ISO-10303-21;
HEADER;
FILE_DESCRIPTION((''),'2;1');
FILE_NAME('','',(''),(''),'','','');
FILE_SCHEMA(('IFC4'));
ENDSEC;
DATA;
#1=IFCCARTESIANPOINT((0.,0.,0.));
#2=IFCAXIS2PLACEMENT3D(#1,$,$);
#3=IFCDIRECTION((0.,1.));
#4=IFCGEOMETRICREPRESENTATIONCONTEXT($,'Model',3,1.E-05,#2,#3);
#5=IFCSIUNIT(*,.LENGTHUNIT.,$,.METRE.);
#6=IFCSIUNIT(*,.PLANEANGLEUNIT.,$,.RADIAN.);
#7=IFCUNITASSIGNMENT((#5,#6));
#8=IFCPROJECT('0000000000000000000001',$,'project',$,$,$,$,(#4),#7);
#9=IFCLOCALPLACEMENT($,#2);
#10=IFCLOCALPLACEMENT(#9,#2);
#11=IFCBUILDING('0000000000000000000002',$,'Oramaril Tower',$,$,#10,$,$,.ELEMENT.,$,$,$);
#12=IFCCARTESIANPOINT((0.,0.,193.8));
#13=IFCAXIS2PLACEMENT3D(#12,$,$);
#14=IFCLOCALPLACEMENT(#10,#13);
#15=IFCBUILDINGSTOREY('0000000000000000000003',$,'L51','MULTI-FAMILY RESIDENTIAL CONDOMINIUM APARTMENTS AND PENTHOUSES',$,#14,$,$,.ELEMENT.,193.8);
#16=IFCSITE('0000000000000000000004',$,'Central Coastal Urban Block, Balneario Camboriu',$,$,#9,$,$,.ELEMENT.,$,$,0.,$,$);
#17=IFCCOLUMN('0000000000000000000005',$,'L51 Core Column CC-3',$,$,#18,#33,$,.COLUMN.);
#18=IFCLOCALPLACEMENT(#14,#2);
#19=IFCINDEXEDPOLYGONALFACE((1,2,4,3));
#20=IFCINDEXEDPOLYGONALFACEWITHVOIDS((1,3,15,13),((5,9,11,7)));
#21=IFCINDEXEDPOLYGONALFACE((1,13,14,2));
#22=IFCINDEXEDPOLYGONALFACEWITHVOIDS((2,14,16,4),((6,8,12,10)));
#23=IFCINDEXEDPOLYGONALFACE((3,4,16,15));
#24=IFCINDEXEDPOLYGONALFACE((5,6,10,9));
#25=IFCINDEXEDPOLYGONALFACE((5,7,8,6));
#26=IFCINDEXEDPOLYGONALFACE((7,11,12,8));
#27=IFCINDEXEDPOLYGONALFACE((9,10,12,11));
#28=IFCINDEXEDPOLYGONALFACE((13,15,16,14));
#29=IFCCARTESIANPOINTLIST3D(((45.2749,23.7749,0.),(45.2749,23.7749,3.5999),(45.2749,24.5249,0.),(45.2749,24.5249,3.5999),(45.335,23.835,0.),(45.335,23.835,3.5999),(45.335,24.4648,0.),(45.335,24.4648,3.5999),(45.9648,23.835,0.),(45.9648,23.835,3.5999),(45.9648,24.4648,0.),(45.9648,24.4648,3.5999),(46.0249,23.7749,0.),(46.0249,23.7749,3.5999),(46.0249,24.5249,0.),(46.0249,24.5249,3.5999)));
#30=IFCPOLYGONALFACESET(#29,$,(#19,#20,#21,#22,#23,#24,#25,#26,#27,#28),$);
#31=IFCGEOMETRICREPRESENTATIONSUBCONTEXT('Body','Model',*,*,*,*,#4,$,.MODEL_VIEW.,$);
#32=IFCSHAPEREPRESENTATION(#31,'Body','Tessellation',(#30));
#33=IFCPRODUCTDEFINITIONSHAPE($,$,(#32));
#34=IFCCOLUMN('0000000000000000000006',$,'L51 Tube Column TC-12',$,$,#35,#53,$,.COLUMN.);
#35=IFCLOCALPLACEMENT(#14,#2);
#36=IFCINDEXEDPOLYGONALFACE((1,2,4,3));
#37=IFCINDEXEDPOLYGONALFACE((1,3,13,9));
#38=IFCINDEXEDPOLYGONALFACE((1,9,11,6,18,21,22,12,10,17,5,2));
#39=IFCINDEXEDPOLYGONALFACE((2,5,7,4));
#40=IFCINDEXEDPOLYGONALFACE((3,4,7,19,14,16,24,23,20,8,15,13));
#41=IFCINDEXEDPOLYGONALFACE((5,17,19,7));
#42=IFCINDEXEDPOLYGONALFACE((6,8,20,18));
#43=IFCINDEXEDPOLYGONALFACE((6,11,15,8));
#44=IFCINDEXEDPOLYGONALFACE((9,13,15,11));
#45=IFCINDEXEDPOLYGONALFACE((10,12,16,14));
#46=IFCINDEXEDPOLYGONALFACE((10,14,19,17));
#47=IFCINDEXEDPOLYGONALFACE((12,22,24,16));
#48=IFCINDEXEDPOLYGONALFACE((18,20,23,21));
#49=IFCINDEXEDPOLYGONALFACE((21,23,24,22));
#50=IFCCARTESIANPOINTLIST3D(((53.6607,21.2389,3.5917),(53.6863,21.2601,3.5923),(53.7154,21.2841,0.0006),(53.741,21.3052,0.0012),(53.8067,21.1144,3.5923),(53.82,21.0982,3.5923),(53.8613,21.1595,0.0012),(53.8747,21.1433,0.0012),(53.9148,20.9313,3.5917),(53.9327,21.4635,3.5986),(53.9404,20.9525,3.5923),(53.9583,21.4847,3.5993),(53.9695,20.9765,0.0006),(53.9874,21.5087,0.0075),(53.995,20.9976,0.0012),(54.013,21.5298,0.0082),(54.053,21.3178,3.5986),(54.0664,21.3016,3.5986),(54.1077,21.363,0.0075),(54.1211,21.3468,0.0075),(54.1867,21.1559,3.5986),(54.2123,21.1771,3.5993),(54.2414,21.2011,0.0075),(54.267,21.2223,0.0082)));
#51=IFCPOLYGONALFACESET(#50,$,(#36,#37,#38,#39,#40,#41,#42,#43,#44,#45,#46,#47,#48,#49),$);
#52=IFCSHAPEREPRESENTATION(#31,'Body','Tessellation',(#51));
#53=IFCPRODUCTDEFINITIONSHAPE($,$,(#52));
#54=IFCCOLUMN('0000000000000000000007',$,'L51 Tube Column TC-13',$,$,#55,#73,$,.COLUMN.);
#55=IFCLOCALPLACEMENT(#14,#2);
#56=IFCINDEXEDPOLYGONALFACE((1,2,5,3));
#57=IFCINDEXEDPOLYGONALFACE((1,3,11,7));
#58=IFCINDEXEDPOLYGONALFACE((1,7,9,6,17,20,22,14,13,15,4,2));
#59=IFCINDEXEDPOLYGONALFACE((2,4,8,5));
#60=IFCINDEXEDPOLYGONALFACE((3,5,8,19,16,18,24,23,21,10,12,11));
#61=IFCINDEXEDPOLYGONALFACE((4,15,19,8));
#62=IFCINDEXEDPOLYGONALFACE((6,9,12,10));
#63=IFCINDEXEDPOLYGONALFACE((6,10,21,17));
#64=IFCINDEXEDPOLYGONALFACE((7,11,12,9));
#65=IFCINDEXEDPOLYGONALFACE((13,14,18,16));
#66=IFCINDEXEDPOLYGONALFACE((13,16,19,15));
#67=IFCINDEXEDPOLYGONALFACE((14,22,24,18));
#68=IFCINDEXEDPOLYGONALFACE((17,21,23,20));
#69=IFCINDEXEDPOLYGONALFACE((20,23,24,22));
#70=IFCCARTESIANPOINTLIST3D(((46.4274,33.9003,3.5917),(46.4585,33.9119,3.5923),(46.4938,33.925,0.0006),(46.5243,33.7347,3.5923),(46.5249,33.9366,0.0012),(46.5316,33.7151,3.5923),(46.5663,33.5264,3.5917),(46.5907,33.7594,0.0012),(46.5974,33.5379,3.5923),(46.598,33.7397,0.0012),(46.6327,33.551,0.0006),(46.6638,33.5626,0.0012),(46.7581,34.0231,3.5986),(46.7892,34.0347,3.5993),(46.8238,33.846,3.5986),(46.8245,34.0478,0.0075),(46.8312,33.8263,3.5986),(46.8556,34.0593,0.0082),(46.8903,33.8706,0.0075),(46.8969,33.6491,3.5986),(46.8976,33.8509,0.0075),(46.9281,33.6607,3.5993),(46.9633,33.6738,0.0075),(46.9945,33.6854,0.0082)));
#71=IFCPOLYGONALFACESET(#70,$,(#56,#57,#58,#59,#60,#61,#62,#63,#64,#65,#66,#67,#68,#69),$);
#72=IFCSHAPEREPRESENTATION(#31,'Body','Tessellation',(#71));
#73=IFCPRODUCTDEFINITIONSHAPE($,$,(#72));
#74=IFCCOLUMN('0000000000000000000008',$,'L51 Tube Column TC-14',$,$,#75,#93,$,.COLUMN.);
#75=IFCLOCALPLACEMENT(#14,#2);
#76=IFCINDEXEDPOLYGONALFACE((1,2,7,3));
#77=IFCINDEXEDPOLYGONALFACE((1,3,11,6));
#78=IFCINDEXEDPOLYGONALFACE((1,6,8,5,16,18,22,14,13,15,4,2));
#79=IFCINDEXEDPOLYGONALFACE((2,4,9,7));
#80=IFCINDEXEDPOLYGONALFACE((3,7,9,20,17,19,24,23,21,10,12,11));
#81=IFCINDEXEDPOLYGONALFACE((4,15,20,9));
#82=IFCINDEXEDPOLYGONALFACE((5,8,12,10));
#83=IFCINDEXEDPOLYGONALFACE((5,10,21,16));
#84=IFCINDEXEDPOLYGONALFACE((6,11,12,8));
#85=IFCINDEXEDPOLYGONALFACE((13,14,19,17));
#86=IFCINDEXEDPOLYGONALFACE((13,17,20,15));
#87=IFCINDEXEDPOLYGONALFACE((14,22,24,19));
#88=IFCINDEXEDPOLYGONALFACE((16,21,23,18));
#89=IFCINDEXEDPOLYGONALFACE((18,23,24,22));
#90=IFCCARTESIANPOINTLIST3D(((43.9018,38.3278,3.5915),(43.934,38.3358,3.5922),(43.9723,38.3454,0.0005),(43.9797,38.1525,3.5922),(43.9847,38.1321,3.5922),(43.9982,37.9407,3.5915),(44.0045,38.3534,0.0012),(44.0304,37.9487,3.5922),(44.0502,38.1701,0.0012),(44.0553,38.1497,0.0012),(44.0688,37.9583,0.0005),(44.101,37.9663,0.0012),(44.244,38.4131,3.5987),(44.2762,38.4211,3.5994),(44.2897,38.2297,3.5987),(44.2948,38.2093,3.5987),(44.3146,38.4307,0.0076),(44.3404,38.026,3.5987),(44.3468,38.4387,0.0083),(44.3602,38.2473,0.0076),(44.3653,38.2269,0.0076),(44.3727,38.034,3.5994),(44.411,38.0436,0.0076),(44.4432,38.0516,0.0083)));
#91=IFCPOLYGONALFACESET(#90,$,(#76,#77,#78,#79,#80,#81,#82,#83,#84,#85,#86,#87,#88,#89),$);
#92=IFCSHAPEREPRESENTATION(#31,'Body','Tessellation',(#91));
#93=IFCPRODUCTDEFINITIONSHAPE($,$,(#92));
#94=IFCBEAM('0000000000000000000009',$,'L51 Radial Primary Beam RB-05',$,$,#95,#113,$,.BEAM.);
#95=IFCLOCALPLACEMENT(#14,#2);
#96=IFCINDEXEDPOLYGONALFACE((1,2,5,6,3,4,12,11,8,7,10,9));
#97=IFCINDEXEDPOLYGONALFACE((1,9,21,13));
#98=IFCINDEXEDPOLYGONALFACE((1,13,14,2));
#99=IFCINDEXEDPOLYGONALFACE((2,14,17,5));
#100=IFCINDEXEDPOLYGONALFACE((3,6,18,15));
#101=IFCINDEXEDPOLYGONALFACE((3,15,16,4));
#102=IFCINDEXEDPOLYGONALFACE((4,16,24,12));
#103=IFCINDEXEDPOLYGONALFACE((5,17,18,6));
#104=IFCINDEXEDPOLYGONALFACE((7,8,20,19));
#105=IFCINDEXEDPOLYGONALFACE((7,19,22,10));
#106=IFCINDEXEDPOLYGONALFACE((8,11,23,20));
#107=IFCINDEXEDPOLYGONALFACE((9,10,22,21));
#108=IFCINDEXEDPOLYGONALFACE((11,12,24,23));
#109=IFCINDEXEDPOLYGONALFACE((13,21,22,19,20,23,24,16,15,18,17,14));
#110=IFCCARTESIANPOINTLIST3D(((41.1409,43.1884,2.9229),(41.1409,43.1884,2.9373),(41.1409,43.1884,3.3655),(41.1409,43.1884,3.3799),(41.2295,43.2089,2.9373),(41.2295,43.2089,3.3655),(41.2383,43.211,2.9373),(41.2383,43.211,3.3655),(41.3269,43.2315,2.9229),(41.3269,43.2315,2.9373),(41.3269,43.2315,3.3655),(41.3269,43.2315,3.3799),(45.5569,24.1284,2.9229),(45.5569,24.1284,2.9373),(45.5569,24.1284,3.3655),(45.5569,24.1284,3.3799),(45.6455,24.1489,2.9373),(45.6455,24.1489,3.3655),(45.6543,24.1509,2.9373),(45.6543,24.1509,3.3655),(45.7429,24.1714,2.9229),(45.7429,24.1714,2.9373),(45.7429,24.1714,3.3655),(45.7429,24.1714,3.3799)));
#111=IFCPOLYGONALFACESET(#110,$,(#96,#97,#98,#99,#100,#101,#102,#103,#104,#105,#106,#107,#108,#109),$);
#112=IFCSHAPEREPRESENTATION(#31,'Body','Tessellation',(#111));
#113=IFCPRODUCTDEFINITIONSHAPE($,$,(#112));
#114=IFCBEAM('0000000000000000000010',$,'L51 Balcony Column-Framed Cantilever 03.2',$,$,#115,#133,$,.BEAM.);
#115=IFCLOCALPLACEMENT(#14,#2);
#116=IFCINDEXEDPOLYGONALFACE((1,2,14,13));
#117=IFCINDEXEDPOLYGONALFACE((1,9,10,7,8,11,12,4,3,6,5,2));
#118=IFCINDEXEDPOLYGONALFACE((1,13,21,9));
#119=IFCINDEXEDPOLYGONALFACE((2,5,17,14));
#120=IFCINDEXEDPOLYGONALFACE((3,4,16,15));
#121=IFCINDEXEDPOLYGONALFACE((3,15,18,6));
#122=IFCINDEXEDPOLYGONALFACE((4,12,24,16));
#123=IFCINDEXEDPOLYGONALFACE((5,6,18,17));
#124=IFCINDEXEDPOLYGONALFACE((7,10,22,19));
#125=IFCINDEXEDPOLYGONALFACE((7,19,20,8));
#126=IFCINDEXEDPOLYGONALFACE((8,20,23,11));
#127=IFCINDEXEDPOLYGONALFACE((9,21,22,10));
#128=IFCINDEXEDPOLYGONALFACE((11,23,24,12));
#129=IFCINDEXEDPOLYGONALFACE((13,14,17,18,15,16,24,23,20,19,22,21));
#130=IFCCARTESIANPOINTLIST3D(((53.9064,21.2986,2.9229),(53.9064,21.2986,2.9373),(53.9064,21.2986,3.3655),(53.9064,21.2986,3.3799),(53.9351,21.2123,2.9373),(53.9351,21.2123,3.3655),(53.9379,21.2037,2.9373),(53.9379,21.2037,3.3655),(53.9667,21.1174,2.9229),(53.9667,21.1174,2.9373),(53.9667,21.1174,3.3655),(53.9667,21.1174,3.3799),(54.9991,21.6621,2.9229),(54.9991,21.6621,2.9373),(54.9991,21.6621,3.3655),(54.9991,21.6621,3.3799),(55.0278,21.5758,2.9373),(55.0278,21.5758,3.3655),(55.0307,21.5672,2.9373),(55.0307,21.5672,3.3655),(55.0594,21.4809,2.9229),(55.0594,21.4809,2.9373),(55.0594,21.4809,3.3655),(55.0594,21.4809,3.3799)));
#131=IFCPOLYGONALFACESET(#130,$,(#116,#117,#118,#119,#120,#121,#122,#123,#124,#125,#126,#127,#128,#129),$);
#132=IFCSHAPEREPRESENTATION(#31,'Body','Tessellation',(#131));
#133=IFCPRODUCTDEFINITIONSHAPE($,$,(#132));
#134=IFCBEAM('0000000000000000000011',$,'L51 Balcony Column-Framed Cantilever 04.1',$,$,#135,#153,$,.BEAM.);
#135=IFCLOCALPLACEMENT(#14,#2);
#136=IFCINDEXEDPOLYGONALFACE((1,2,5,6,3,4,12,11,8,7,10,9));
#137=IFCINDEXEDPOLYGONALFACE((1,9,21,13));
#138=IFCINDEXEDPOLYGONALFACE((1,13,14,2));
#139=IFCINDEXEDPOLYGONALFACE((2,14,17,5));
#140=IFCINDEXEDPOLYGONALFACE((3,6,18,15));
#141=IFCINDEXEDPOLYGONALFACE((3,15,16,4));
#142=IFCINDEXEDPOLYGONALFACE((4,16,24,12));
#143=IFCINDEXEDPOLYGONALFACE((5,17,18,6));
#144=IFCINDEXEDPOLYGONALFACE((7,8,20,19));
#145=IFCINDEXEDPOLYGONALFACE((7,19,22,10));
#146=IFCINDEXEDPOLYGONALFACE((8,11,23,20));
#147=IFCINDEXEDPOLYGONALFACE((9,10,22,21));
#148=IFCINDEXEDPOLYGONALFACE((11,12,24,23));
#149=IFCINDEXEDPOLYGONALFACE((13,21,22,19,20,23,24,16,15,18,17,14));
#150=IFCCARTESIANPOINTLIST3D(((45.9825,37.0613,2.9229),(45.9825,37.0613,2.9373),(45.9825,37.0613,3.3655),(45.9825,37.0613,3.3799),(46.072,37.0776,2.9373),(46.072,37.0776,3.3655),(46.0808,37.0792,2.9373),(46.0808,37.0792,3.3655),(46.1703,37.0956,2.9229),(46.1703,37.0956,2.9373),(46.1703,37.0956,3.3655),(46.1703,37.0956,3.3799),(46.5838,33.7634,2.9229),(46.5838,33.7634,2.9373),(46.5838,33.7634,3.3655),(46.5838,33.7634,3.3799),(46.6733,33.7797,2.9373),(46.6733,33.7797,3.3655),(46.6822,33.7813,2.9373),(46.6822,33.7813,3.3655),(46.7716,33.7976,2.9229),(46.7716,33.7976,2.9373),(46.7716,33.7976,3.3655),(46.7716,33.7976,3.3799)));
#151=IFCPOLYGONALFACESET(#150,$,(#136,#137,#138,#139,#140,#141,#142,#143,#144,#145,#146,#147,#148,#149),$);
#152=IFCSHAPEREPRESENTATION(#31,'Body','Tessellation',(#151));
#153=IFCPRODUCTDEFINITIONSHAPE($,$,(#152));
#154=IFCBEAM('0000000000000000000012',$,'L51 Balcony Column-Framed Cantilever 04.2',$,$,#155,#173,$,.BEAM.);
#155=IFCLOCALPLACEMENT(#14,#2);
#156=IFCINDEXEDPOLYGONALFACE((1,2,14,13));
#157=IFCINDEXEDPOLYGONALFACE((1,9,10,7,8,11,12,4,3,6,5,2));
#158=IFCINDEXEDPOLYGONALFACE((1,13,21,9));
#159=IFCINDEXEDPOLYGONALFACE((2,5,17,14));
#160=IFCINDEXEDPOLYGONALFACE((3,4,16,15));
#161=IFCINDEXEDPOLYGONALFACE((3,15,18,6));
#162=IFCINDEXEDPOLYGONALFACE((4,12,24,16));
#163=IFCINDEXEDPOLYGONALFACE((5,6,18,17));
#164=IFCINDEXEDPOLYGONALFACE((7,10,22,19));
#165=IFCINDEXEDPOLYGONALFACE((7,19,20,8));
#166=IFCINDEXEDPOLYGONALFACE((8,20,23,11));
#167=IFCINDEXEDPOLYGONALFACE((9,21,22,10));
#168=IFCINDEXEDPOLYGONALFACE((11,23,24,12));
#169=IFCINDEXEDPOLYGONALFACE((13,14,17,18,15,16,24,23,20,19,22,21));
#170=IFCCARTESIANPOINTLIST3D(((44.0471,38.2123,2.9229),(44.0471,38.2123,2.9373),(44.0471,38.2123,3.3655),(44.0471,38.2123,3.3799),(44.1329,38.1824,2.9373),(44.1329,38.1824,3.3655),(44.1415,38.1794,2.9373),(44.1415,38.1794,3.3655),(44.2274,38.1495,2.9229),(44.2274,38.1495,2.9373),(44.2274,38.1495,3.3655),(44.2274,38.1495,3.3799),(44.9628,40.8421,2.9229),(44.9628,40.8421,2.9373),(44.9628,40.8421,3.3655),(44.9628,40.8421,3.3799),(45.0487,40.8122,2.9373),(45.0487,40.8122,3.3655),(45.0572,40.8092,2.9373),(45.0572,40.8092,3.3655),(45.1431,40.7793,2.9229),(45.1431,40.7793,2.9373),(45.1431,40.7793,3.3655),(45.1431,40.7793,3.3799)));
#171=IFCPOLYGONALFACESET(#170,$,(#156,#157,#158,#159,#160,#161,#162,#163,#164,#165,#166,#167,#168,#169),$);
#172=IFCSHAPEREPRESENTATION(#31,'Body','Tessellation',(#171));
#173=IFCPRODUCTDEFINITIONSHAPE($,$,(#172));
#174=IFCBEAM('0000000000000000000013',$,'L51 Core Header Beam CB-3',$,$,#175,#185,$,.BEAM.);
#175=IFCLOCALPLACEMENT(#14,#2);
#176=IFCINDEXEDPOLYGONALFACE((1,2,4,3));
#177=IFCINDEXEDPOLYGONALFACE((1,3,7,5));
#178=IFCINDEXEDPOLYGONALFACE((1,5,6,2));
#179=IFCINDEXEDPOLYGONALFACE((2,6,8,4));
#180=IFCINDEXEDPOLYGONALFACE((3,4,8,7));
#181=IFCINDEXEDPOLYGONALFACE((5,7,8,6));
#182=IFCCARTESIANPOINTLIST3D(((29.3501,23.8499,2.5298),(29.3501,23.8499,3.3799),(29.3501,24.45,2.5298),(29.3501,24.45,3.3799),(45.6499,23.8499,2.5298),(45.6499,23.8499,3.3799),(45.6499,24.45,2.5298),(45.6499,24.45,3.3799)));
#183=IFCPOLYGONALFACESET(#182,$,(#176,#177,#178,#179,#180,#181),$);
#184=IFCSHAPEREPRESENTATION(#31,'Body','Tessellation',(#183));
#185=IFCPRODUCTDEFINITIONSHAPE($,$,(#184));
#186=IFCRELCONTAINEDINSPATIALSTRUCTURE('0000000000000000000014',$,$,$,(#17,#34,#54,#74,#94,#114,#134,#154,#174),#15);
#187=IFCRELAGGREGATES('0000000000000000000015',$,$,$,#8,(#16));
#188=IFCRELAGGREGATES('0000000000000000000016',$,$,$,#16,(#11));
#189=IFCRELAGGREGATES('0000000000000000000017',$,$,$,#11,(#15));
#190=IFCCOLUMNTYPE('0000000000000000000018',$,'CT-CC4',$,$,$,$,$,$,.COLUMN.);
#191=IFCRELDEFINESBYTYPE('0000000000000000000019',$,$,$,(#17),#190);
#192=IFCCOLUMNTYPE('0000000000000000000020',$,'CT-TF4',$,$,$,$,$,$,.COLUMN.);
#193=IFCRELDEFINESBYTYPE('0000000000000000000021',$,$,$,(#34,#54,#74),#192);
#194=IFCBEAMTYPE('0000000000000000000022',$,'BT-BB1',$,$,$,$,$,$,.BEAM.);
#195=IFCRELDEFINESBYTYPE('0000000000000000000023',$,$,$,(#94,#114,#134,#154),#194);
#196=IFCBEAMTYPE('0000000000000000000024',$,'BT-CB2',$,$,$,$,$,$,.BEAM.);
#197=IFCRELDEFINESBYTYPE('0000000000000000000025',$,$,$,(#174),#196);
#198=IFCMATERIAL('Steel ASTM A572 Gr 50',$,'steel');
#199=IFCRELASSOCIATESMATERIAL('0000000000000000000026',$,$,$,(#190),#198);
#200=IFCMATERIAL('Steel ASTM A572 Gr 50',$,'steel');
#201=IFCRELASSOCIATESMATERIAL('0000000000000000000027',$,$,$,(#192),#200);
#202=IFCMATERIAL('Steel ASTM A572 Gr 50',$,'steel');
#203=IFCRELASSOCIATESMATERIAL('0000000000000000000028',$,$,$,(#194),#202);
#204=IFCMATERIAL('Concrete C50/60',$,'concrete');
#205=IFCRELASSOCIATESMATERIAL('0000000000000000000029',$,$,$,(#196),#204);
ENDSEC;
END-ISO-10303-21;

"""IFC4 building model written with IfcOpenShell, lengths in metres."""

from ifc_helpers import new_model, si_unit, direction, frame, origin, origin_2d, place, context, subcontext, project, spatial, rectangle, hollow_rectangle, i_section, extrude, material, material_profile, profile_set, type_object, element, save


model = new_model("IFC4")

# Units and contexts
model_context = context("Model", 3, precision=1e-05, world=origin(), true_north=direction((0.0, 1.0)))
body_context = subcontext(model_context, "Body", "Model", "MODEL_VIEW")
ifc_project = project(units=[si_unit("LENGTHUNIT", "METRE"), si_unit("PLANEANGLEUNIT", "RADIAN")], contexts=[model_context])

# Site, building, storey
site_placement = place(None, origin())
site = spatial("IfcSite", under=ifc_project, at=site_placement, Name="Central Coastal Urban Block, Balneario Camboriu", CompositionType="ELEMENT", RefElevation=0.0)
building_placement = place(site_placement, origin())
building = spatial("IfcBuilding", under=site, at=building_placement, Name="Oramaril Tower", CompositionType="ELEMENT")
storey_placement = place(building_placement, frame((0.0, 0.0, 193.8)))
storey = spatial("IfcBuildingStorey", under=building, at=storey_placement, Name="L51", Description="MULTI-FAMILY RESIDENTIAL CONDOMINIUM APARTMENTS AND PENTHOUSES", CompositionType="ELEMENT", Elevation=193.8)

# Columns
ifc_material_1 = material(Name="Steel ASTM A572 Gr 50", Category="steel")
ifc_material_profile_1 = material_profile(ifc_material_1, hollow_rectangle(XDim=0.75, YDim=0.75, WallThickness=0.0601, at=origin_2d()), Name="BOX750X750X60")
ifc_profile_set_1 = profile_set([ifc_material_profile_1], Name="Steel ASTM A572 Gr 50")
column_type_1 = type_object("IfcColumnType", Name="CT-CC4", PredefinedType="COLUMN", material=ifc_profile_set_1)
column_placement = place(storey_placement, frame((45.6499, 24.1499, 0.0), z_axis=(0.0, 0.0, 1.0), x_axis=(1.0, 0.0, 0.0)))
element("IfcColumn", 1, at=column_placement, inside=storey, type_object=column_type_1, Name="L51 Core Column CC-3", PredefinedType="COLUMN", context=body_context, shape_type="SweptSolid", body=[
    extrude(hollow_rectangle(XDim=0.75, YDim=0.75, WallThickness=0.0601, at=origin_2d()), origin(), (0.0, 0.0, 1.0), 3.5999),
])
ifc_material_2 = material(Name="Steel ASTM A572 Gr 50", Category="steel")
ifc_material_profile_2 = material_profile(ifc_material_2, i_section(OverallWidth=0.3989, OverallDepth=0.386, WebThickness=0.021, FlangeThickness=0.0332, at=origin_2d()), Name="W14X176")
ifc_profile_set_2 = profile_set([ifc_material_profile_2], Name="Steel ASTM A572 Gr 50")
column_type_2 = type_object("IfcColumnType", Name="CT-TF4", PredefinedType="COLUMN", material=ifc_profile_set_2)
for number, where, z_axis, x_axis, name in (
    (2, (53.9912, 21.2532, 0.0044), (-0.015226, -0.012575, 0.999805), (0.636792, -0.771035, 0.0), "L51 Tube Column TC-12"),
    (3, (46.7441, 33.8052, 0.0044), (-0.018488, -0.006865, 0.999806), (0.3481, -0.937457, 0.0), "L51 Tube Column TC-13"),
    (4, (44.2078, 38.1985, 0.0044), (-0.019644, -0.004894, 0.999795), (0.241746, -0.97034, 0.0), "L51 Tube Column TC-14"),
):
    element("IfcColumn", number, at=place(storey_placement, frame(where, z_axis=z_axis, x_axis=x_axis)), inside=storey, type_object=column_type_2, Name=name, PredefinedType="COLUMN", context=body_context, shape_type="SweptSolid", body=[
        extrude(i_section(OverallWidth=0.3989, OverallDepth=0.386, WebThickness=0.021, FlangeThickness=0.0332, at=origin_2d()), origin(), (0.0, 0.0, 1.0), 3.5918),
    ])

# Beams
ifc_material_3 = material(Name="Steel ASTM A572 Gr 50", Category="steel")
ifc_material_profile_3 = material_profile(ifc_material_3, i_section(OverallWidth=0.1909, OverallDepth=0.457, WebThickness=0.009, FlangeThickness=0.0144, at=origin_2d()), Name="W18X50")
ifc_profile_set_3 = profile_set([ifc_material_profile_3], Name="Steel ASTM A572 Gr 50")
beam_type_1 = type_object("IfcBeamType", Name="BT-BB1", PredefinedType="BEAM", material=ifc_profile_set_3)
beam_1_placement = place(storey_placement, frame((45.6499, 24.1499, 3.1514), z_axis=(-0.225711, 0.974194, 0.0), x_axis=(-0.974194, -0.225711, 0.0)))
element("IfcBeam", 5, at=beam_1_placement, inside=storey, type_object=beam_type_1, Name="L51 Radial Primary Beam RB-05", PredefinedType="BEAM", context=body_context, shape_type="SweptSolid", body=[
    extrude(i_section(OverallWidth=0.1909, OverallDepth=0.457, WebThickness=0.009, FlangeThickness=0.0144, at=origin_2d()), origin(), (0.0, 0.0, 1.0), 19.5649),
])
beam_2_placement = place(storey_placement, frame((53.9365, 21.208, 3.1514), z_axis=(0.948874, 0.315655, 0.0), x_axis=(-0.315655, 0.948874, 0.0)))
element("IfcBeam", 6, at=beam_2_placement, inside=storey, type_object=beam_type_1, Name="L51 Balcony Column-Framed Cantilever 03.2", PredefinedType="BEAM", context=body_context, shape_type="SweptSolid", body=[
    extrude(i_section(OverallWidth=0.1909, OverallDepth=0.457, WebThickness=0.009, FlangeThickness=0.0144, at=origin_2d()), origin(), (0.0, 0.0, 1.0), 1.1516),
])
beam_3_placement = place(storey_placement, frame((46.6777, 33.7805, 3.1514), z_axis=(-0.179379, 0.98378, 0.0), x_axis=(-0.98378, -0.179379, 0.0)))
element("IfcBeam", 7, at=beam_3_placement, inside=storey, type_object=beam_type_1, Name="L51 Balcony Column-Framed Cantilever 04.1", PredefinedType="BEAM", context=body_context, shape_type="SweptSolid", body=[
    extrude(i_section(OverallWidth=0.1909, OverallDepth=0.457, WebThickness=0.009, FlangeThickness=0.0144, at=origin_2d()), origin(), (0.0, 0.0, 1.0), 3.3523),
])
beam_4_placement = place(storey_placement, frame((44.1372, 38.1809, 3.1514), z_axis=(0.32885, 0.944382, 0.0), x_axis=(-0.944382, 0.32885, 0.0)))
element("IfcBeam", 8, at=beam_4_placement, inside=storey, type_object=beam_type_1, Name="L51 Balcony Column-Framed Cantilever 04.2", PredefinedType="BEAM", context=body_context, shape_type="SweptSolid", body=[
    extrude(i_section(OverallWidth=0.1909, OverallDepth=0.457, WebThickness=0.009, FlangeThickness=0.0144, at=origin_2d()), origin(), (0.0, 0.0, 1.0), 2.7847),
])
ifc_material_4 = material(Name="Concrete C50/60", Category="concrete")
ifc_material_profile_4 = material_profile(ifc_material_4, rectangle(XDim=0.6001, YDim=0.8501, at=origin_2d()), Name="CB600X850")
ifc_profile_set_4 = profile_set([ifc_material_profile_4], Name="Concrete C50/60")
beam_type_2 = type_object("IfcBeamType", Name="BT-CB2", PredefinedType="BEAM", material=ifc_profile_set_4)
beam_5_placement = place(storey_placement, frame((45.6499, 24.1499, 2.9548), z_axis=(-1.0, 0.0, 0.0), x_axis=(0.0, -1.0, 0.0)))
element("IfcBeam", 9, at=beam_5_placement, inside=storey, type_object=beam_type_2, Name="L51 Core Header Beam CB-3", PredefinedType="BEAM", context=body_context, shape_type="SweptSolid", body=[
    extrude(rectangle(XDim=0.6001, YDim=0.8501, at=origin_2d()), origin(), (0.0, 0.0, 1.0), 16.2998),
])

save(model, "model.ifc")
